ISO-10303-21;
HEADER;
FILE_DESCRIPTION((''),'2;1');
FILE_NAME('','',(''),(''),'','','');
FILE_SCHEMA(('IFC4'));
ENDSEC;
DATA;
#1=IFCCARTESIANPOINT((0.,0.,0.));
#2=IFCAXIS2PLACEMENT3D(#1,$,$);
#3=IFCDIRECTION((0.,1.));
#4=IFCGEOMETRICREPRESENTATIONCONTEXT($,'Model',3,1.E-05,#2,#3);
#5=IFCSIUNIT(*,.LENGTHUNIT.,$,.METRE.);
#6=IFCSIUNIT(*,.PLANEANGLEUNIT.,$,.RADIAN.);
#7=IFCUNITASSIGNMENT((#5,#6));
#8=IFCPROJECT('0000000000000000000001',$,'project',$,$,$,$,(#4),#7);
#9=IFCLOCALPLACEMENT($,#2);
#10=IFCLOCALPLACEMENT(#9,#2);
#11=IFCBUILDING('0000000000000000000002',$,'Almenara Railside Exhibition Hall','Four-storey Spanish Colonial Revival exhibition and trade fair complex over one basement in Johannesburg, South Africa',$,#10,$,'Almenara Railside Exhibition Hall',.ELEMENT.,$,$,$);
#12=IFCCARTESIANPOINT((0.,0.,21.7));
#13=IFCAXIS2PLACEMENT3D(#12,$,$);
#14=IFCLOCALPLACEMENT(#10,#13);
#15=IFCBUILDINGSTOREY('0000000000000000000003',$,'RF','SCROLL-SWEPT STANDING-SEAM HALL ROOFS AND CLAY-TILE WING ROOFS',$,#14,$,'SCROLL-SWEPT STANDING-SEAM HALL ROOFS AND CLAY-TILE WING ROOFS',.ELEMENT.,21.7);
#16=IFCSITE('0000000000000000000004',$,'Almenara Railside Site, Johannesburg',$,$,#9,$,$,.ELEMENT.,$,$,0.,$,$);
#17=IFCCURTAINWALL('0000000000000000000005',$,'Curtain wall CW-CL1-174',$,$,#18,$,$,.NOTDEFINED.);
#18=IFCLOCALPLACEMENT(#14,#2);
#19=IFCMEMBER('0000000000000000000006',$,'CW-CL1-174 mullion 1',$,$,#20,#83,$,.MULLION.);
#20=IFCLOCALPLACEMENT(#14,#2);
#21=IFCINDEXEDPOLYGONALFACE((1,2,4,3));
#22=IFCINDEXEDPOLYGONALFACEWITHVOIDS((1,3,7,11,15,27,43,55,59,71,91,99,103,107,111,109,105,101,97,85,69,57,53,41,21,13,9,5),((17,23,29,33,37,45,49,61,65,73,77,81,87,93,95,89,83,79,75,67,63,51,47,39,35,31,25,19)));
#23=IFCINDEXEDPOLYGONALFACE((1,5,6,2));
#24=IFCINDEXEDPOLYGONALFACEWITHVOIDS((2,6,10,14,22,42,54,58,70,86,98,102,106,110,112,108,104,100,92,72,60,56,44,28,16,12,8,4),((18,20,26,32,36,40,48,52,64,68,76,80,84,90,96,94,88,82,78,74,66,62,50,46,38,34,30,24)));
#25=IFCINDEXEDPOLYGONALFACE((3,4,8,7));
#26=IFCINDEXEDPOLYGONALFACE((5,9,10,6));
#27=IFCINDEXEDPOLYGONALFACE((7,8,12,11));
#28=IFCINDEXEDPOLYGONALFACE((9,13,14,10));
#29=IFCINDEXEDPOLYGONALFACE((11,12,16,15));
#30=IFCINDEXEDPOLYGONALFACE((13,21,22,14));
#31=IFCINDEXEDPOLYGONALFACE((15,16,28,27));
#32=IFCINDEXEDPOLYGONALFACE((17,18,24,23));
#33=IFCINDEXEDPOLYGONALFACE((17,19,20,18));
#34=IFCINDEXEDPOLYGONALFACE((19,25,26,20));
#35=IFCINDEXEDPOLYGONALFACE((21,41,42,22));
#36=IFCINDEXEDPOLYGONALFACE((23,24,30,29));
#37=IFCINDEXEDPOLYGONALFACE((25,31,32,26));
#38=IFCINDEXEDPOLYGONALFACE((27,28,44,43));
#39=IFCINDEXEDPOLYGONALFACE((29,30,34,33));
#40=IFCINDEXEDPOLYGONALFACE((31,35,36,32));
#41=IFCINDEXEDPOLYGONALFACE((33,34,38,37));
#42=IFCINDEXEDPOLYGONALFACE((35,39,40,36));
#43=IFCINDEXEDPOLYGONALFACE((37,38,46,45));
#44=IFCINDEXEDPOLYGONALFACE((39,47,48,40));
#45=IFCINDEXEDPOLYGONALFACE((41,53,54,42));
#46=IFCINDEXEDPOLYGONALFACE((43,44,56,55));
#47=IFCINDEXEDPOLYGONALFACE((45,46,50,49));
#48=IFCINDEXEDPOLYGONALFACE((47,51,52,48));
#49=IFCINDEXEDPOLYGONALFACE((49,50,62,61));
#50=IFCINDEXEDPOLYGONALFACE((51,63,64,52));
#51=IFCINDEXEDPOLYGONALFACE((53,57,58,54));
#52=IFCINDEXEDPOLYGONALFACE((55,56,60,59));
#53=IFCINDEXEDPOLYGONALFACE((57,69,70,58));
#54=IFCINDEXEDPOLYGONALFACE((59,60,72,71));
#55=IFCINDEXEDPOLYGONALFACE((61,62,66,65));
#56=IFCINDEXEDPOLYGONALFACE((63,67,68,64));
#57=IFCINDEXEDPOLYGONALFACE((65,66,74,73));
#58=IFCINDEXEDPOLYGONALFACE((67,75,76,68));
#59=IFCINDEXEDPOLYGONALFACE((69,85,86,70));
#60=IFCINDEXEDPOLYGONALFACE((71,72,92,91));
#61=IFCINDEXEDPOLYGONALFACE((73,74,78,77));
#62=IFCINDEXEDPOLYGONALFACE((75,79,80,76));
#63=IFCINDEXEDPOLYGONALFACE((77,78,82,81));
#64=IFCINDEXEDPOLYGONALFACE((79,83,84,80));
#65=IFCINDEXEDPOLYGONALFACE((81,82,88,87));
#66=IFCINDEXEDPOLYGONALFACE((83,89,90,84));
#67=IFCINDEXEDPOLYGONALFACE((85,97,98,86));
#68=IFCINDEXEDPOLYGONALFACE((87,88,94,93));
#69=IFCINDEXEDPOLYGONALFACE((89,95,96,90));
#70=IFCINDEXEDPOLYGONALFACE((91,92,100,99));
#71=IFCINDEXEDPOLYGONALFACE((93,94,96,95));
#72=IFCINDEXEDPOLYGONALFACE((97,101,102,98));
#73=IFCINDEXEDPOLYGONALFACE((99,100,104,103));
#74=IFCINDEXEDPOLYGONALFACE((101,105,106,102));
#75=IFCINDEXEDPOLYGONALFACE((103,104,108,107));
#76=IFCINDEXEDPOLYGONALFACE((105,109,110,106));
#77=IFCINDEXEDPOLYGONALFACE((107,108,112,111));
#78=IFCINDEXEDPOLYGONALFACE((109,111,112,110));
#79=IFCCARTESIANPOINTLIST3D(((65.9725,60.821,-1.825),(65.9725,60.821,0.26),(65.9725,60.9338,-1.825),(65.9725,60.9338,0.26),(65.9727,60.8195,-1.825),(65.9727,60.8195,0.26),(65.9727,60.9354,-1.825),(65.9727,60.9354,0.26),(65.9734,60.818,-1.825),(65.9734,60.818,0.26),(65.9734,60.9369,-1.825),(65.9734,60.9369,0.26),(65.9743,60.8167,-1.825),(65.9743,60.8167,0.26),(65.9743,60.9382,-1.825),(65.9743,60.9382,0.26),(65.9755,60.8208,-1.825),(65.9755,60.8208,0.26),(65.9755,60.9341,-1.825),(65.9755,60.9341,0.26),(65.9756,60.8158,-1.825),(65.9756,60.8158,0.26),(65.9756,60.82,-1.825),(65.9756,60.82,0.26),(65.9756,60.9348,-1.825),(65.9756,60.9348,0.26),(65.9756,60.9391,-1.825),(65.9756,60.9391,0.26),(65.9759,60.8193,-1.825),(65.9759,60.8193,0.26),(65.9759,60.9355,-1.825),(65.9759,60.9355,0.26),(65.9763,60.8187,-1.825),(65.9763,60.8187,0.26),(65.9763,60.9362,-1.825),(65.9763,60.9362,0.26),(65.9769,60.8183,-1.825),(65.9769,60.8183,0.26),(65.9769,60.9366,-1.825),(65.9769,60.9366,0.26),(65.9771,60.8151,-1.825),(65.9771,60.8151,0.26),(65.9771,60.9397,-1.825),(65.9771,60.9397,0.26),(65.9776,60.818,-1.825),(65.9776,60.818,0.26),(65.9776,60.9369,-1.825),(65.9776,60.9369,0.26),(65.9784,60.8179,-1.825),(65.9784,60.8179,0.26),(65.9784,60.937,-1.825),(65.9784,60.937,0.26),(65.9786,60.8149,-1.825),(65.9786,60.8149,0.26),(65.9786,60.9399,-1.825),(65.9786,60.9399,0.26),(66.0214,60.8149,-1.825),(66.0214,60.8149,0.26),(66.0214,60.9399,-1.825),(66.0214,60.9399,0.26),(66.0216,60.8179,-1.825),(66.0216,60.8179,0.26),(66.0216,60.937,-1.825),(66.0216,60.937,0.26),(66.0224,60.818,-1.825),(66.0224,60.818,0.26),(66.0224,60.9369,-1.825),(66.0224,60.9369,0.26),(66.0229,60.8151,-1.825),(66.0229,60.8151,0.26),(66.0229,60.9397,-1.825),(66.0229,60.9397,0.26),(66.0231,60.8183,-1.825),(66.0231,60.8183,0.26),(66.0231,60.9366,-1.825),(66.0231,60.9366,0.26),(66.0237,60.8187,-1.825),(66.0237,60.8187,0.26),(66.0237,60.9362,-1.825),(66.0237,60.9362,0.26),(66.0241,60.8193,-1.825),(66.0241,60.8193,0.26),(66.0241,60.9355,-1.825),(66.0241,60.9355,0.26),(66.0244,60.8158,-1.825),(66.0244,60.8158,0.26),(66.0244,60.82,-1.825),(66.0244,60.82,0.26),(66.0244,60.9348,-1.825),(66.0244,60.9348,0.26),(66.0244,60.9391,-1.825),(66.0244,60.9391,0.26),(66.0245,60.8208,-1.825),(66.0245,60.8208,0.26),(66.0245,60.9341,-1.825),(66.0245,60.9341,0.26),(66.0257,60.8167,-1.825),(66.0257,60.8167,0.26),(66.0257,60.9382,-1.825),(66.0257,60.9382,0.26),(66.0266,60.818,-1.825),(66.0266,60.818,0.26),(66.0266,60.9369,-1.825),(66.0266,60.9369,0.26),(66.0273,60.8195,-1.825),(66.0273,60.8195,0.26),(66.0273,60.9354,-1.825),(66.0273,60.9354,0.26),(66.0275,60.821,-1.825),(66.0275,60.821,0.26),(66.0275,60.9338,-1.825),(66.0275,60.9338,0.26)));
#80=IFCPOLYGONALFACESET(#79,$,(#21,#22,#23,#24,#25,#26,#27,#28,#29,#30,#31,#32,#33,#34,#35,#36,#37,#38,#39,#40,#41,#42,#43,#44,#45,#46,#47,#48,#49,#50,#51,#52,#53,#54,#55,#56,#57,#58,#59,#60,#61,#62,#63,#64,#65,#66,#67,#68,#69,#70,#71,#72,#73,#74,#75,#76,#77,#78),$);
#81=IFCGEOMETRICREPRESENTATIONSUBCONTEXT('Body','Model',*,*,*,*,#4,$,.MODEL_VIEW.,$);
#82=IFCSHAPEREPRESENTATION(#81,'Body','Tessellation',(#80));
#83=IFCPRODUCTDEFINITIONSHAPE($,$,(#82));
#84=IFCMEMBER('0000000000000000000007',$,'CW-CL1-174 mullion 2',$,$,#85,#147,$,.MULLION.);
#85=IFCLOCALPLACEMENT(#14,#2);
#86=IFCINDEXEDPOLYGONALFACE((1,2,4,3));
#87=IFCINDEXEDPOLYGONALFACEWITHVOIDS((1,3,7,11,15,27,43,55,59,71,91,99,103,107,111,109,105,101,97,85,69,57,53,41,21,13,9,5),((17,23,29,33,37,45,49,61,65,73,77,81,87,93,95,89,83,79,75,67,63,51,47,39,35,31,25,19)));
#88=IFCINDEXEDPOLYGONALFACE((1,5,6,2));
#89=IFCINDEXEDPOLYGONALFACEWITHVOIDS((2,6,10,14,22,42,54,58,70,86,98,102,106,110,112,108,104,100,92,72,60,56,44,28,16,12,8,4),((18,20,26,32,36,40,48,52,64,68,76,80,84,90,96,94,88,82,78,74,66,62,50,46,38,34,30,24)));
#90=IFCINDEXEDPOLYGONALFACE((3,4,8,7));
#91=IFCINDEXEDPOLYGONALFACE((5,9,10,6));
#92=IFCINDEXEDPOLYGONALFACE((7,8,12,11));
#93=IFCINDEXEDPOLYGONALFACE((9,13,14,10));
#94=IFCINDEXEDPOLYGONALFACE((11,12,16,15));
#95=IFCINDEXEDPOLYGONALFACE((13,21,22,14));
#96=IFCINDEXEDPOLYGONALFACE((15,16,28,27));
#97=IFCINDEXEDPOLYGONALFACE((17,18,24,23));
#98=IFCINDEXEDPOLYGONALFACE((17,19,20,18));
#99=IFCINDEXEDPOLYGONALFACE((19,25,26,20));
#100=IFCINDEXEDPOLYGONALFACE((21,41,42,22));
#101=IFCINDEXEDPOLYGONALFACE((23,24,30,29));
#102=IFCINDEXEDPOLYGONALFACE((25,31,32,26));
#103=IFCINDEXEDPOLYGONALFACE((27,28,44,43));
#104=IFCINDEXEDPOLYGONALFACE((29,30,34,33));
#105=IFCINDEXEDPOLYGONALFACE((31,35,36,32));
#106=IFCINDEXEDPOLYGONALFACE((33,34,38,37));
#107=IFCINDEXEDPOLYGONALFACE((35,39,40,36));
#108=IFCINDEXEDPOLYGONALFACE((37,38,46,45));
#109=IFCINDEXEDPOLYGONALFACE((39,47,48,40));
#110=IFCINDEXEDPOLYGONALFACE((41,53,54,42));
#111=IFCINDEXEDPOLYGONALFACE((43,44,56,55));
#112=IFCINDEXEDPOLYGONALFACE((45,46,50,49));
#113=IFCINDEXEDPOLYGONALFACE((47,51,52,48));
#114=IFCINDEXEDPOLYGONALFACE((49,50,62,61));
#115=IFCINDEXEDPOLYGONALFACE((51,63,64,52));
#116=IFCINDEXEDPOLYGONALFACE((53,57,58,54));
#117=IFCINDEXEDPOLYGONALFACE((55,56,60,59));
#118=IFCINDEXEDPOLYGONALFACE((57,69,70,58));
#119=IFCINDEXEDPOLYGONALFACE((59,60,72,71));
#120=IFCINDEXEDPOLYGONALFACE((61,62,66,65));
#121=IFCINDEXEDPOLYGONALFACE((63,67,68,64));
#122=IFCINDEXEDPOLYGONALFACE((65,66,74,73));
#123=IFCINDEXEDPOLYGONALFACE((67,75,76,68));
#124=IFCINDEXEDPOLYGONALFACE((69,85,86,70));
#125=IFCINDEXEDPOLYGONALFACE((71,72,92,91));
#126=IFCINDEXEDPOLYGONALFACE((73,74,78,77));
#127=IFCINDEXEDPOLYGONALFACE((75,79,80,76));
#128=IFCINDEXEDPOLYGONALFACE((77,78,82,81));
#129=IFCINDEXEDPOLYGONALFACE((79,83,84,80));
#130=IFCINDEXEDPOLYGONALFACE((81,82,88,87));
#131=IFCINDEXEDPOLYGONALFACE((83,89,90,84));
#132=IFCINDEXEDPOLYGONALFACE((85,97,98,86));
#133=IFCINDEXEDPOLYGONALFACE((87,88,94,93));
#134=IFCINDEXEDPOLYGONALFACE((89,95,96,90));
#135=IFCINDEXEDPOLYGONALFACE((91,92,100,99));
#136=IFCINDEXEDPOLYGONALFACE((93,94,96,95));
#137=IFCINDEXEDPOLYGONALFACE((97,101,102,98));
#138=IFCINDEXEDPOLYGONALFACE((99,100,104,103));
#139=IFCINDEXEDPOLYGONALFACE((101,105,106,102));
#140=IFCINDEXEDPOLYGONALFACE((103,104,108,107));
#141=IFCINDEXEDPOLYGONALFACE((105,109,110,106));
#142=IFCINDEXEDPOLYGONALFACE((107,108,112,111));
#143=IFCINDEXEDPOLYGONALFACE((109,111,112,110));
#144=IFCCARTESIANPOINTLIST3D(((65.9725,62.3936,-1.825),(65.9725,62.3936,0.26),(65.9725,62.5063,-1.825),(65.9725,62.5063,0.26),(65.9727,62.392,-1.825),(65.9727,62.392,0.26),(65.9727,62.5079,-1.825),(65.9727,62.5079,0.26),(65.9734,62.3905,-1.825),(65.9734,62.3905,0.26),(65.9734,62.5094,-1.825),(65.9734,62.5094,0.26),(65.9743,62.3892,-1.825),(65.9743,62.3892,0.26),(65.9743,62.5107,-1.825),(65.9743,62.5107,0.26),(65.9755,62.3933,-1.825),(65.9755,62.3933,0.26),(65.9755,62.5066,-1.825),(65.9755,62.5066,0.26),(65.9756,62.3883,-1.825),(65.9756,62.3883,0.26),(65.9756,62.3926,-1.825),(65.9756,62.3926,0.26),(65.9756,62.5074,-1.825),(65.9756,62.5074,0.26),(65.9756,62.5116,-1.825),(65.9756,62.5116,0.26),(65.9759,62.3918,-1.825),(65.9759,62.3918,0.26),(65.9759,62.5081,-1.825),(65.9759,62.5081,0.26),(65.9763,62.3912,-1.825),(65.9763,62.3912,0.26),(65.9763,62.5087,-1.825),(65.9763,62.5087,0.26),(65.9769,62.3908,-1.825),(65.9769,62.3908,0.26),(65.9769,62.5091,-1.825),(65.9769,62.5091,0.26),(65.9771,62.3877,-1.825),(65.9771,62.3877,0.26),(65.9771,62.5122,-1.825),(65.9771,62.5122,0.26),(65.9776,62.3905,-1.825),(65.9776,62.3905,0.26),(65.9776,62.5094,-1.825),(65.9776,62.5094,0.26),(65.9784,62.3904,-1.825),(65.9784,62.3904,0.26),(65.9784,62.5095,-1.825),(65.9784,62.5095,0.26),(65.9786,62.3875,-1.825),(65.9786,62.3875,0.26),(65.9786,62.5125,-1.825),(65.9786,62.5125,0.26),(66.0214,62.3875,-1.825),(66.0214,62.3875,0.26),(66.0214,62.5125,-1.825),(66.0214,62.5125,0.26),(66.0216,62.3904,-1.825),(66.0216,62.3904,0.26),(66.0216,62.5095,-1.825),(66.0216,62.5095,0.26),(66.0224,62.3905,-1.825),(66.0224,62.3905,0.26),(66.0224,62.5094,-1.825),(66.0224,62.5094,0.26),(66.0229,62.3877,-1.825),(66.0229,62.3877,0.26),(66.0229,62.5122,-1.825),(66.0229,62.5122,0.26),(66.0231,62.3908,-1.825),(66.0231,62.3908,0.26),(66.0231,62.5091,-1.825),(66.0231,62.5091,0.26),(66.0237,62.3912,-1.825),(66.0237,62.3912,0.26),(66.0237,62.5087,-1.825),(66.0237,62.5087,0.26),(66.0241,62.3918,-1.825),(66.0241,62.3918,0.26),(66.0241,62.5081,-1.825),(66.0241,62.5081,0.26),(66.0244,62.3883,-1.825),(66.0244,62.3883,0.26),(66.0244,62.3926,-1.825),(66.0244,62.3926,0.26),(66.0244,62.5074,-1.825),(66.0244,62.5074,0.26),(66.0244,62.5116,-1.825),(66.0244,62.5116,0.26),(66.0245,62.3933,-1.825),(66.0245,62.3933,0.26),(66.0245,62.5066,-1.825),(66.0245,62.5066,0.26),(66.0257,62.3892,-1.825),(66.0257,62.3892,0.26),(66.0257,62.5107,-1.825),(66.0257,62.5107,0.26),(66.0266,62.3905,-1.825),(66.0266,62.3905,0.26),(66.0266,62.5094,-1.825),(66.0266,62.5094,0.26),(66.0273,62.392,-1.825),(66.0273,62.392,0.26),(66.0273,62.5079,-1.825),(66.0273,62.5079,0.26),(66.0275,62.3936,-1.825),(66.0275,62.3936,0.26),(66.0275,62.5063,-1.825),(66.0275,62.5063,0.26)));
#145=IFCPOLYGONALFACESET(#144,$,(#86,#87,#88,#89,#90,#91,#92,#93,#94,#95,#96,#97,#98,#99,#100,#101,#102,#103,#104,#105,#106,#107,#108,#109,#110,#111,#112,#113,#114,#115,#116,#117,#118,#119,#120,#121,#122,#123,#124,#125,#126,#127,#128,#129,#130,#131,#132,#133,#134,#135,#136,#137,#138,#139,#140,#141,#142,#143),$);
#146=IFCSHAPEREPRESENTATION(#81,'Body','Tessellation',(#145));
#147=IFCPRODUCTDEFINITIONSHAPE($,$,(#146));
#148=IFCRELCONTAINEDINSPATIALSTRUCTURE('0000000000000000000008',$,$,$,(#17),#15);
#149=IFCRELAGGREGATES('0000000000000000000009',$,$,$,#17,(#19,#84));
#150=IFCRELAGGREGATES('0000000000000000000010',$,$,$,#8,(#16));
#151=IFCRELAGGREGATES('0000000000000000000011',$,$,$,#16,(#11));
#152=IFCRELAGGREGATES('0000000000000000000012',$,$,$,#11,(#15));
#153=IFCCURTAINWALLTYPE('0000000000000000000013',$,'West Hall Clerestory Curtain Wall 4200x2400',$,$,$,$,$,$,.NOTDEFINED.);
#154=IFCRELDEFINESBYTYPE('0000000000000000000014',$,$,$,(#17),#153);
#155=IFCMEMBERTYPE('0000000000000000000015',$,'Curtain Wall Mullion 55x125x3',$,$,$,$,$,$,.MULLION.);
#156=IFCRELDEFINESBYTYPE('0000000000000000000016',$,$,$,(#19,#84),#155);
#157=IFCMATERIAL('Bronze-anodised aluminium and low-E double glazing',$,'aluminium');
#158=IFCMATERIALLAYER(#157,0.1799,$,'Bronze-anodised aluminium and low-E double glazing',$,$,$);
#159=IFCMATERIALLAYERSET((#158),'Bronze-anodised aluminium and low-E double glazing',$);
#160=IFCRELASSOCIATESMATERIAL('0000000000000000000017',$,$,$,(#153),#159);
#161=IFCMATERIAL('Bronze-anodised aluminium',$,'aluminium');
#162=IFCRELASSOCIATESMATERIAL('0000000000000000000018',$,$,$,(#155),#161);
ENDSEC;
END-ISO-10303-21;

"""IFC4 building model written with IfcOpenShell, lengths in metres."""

from ifc_helpers import new_model, si_unit, direction, frame, origin, origin_2d, place, context, subcontext, project, spatial, hollow_rectangle, extrude, material, layer, layer_set, material_profile, profile_set, type_object, element, aggregate, save


model = new_model("IFC4")

# Units and contexts
model_context = context("Model", 3, precision=1e-05, world=origin(), true_north=direction((0.0, 1.0)))
body_context = subcontext(model_context, "Body", "Model", "MODEL_VIEW")
ifc_project = project(units=[si_unit("LENGTHUNIT", "METRE"), si_unit("PLANEANGLEUNIT", "RADIAN")], contexts=[model_context])

# Site, building, storey
site_placement = place(None, origin())
site = spatial("IfcSite", under=ifc_project, at=site_placement, Name="Almenara Railside Site, Johannesburg", CompositionType="ELEMENT", RefElevation=0.0)
building_placement = place(site_placement, origin())
building = spatial("IfcBuilding", under=site, at=building_placement, Name="Almenara Railside Exhibition Hall", Description="Four-storey Spanish Colonial Revival exhibition and trade fair complex over one basement in Johannesburg, South Africa", LongName="Almenara Railside Exhibition Hall", CompositionType="ELEMENT")
storey_placement = place(building_placement, frame((0.0, 0.0, 21.7)))
storey = spatial("IfcBuildingStorey", under=building, at=storey_placement, Name="RF", Description="SCROLL-SWEPT STANDING-SEAM HALL ROOFS AND CLAY-TILE WING ROOFS", LongName="SCROLL-SWEPT STANDING-SEAM HALL ROOFS AND CLAY-TILE WING ROOFS", CompositionType="ELEMENT", Elevation=21.7)

# Curtain wall, members
ifc_material_1 = material(Name="Bronze-anodised aluminium and low-E double glazing", Category="aluminium")
ifc_layer_1 = layer(ifc_material_1, 0.1799, Name="Bronze-anodised aluminium and low-E double glazing")
ifc_layer_set_1 = layer_set([ifc_layer_1], Name="Bronze-anodised aluminium and low-E double glazing")
curtain_wall_type = type_object("IfcCurtainWallType", Name="West Hall Clerestory Curtain Wall 4200x2400", PredefinedType="NOTDEFINED", material=ifc_layer_set_1)
curtain_wall_1_placement = place(storey_placement, origin())
curtain_wall_1 = element("IfcCurtainWall", 1, at=curtain_wall_1_placement, inside=storey, type_object=curtain_wall_type, Name="Curtain wall CW-CL1-174", PredefinedType="NOTDEFINED")
ifc_material_2 = material(Name="Bronze-anodised aluminium", Category="aluminium")
ifc_material_profile_1 = material_profile(ifc_material_2, hollow_rectangle(XDim=0.0549, YDim=0.125, WallThickness=0.0029, InnerFilletRadius=0.0029, OuterFilletRadius=0.0061, at=origin_2d()), Name="ALU-MUL 55x125x3")
ifc_profile_set_1 = profile_set([ifc_material_profile_1], Name="Bronze-anodised aluminium")
member_type_1 = type_object("IfcMemberType", Name="Curtain Wall Mullion 55x125x3", PredefinedType="MULLION", material=ifc_profile_set_1)
member_1_placement = place(storey_placement, frame((66.0, 60.8774, -1.825), z_axis=(0.0, 0.0, 1.0), x_axis=(-1.0, 0.0, 0.0)))
member_1 = element("IfcMember", 2, at=member_1_placement, type_object=member_type_1, Name="CW-CL1-174 mullion 1", PredefinedType="MULLION", context=body_context, shape_type="SweptSolid", body=[
    extrude(hollow_rectangle(XDim=0.0549, YDim=0.125, WallThickness=0.0029, InnerFilletRadius=0.0029, OuterFilletRadius=0.0061, at=origin_2d()), origin(), (0.0, 0.0, 1.0), 2.085),
])
member_2_placement = place(storey_placement, frame((66.0, 62.45, -1.825), z_axis=(0.0, 0.0, 1.0), x_axis=(-1.0, 0.0, 0.0)))
member_2 = element("IfcMember", 3, at=member_2_placement, type_object=member_type_1, Name="CW-CL1-174 mullion 2", PredefinedType="MULLION", context=body_context, shape_type="SweptSolid", body=[
    extrude(hollow_rectangle(XDim=0.0549, YDim=0.125, WallThickness=0.0029, InnerFilletRadius=0.0029, OuterFilletRadius=0.0061, at=origin_2d()), origin(), (0.0, 0.0, 1.0), 2.085),
])

aggregate(curtain_wall_1, [member_1, member_2])

save(model, "model.ifc")
